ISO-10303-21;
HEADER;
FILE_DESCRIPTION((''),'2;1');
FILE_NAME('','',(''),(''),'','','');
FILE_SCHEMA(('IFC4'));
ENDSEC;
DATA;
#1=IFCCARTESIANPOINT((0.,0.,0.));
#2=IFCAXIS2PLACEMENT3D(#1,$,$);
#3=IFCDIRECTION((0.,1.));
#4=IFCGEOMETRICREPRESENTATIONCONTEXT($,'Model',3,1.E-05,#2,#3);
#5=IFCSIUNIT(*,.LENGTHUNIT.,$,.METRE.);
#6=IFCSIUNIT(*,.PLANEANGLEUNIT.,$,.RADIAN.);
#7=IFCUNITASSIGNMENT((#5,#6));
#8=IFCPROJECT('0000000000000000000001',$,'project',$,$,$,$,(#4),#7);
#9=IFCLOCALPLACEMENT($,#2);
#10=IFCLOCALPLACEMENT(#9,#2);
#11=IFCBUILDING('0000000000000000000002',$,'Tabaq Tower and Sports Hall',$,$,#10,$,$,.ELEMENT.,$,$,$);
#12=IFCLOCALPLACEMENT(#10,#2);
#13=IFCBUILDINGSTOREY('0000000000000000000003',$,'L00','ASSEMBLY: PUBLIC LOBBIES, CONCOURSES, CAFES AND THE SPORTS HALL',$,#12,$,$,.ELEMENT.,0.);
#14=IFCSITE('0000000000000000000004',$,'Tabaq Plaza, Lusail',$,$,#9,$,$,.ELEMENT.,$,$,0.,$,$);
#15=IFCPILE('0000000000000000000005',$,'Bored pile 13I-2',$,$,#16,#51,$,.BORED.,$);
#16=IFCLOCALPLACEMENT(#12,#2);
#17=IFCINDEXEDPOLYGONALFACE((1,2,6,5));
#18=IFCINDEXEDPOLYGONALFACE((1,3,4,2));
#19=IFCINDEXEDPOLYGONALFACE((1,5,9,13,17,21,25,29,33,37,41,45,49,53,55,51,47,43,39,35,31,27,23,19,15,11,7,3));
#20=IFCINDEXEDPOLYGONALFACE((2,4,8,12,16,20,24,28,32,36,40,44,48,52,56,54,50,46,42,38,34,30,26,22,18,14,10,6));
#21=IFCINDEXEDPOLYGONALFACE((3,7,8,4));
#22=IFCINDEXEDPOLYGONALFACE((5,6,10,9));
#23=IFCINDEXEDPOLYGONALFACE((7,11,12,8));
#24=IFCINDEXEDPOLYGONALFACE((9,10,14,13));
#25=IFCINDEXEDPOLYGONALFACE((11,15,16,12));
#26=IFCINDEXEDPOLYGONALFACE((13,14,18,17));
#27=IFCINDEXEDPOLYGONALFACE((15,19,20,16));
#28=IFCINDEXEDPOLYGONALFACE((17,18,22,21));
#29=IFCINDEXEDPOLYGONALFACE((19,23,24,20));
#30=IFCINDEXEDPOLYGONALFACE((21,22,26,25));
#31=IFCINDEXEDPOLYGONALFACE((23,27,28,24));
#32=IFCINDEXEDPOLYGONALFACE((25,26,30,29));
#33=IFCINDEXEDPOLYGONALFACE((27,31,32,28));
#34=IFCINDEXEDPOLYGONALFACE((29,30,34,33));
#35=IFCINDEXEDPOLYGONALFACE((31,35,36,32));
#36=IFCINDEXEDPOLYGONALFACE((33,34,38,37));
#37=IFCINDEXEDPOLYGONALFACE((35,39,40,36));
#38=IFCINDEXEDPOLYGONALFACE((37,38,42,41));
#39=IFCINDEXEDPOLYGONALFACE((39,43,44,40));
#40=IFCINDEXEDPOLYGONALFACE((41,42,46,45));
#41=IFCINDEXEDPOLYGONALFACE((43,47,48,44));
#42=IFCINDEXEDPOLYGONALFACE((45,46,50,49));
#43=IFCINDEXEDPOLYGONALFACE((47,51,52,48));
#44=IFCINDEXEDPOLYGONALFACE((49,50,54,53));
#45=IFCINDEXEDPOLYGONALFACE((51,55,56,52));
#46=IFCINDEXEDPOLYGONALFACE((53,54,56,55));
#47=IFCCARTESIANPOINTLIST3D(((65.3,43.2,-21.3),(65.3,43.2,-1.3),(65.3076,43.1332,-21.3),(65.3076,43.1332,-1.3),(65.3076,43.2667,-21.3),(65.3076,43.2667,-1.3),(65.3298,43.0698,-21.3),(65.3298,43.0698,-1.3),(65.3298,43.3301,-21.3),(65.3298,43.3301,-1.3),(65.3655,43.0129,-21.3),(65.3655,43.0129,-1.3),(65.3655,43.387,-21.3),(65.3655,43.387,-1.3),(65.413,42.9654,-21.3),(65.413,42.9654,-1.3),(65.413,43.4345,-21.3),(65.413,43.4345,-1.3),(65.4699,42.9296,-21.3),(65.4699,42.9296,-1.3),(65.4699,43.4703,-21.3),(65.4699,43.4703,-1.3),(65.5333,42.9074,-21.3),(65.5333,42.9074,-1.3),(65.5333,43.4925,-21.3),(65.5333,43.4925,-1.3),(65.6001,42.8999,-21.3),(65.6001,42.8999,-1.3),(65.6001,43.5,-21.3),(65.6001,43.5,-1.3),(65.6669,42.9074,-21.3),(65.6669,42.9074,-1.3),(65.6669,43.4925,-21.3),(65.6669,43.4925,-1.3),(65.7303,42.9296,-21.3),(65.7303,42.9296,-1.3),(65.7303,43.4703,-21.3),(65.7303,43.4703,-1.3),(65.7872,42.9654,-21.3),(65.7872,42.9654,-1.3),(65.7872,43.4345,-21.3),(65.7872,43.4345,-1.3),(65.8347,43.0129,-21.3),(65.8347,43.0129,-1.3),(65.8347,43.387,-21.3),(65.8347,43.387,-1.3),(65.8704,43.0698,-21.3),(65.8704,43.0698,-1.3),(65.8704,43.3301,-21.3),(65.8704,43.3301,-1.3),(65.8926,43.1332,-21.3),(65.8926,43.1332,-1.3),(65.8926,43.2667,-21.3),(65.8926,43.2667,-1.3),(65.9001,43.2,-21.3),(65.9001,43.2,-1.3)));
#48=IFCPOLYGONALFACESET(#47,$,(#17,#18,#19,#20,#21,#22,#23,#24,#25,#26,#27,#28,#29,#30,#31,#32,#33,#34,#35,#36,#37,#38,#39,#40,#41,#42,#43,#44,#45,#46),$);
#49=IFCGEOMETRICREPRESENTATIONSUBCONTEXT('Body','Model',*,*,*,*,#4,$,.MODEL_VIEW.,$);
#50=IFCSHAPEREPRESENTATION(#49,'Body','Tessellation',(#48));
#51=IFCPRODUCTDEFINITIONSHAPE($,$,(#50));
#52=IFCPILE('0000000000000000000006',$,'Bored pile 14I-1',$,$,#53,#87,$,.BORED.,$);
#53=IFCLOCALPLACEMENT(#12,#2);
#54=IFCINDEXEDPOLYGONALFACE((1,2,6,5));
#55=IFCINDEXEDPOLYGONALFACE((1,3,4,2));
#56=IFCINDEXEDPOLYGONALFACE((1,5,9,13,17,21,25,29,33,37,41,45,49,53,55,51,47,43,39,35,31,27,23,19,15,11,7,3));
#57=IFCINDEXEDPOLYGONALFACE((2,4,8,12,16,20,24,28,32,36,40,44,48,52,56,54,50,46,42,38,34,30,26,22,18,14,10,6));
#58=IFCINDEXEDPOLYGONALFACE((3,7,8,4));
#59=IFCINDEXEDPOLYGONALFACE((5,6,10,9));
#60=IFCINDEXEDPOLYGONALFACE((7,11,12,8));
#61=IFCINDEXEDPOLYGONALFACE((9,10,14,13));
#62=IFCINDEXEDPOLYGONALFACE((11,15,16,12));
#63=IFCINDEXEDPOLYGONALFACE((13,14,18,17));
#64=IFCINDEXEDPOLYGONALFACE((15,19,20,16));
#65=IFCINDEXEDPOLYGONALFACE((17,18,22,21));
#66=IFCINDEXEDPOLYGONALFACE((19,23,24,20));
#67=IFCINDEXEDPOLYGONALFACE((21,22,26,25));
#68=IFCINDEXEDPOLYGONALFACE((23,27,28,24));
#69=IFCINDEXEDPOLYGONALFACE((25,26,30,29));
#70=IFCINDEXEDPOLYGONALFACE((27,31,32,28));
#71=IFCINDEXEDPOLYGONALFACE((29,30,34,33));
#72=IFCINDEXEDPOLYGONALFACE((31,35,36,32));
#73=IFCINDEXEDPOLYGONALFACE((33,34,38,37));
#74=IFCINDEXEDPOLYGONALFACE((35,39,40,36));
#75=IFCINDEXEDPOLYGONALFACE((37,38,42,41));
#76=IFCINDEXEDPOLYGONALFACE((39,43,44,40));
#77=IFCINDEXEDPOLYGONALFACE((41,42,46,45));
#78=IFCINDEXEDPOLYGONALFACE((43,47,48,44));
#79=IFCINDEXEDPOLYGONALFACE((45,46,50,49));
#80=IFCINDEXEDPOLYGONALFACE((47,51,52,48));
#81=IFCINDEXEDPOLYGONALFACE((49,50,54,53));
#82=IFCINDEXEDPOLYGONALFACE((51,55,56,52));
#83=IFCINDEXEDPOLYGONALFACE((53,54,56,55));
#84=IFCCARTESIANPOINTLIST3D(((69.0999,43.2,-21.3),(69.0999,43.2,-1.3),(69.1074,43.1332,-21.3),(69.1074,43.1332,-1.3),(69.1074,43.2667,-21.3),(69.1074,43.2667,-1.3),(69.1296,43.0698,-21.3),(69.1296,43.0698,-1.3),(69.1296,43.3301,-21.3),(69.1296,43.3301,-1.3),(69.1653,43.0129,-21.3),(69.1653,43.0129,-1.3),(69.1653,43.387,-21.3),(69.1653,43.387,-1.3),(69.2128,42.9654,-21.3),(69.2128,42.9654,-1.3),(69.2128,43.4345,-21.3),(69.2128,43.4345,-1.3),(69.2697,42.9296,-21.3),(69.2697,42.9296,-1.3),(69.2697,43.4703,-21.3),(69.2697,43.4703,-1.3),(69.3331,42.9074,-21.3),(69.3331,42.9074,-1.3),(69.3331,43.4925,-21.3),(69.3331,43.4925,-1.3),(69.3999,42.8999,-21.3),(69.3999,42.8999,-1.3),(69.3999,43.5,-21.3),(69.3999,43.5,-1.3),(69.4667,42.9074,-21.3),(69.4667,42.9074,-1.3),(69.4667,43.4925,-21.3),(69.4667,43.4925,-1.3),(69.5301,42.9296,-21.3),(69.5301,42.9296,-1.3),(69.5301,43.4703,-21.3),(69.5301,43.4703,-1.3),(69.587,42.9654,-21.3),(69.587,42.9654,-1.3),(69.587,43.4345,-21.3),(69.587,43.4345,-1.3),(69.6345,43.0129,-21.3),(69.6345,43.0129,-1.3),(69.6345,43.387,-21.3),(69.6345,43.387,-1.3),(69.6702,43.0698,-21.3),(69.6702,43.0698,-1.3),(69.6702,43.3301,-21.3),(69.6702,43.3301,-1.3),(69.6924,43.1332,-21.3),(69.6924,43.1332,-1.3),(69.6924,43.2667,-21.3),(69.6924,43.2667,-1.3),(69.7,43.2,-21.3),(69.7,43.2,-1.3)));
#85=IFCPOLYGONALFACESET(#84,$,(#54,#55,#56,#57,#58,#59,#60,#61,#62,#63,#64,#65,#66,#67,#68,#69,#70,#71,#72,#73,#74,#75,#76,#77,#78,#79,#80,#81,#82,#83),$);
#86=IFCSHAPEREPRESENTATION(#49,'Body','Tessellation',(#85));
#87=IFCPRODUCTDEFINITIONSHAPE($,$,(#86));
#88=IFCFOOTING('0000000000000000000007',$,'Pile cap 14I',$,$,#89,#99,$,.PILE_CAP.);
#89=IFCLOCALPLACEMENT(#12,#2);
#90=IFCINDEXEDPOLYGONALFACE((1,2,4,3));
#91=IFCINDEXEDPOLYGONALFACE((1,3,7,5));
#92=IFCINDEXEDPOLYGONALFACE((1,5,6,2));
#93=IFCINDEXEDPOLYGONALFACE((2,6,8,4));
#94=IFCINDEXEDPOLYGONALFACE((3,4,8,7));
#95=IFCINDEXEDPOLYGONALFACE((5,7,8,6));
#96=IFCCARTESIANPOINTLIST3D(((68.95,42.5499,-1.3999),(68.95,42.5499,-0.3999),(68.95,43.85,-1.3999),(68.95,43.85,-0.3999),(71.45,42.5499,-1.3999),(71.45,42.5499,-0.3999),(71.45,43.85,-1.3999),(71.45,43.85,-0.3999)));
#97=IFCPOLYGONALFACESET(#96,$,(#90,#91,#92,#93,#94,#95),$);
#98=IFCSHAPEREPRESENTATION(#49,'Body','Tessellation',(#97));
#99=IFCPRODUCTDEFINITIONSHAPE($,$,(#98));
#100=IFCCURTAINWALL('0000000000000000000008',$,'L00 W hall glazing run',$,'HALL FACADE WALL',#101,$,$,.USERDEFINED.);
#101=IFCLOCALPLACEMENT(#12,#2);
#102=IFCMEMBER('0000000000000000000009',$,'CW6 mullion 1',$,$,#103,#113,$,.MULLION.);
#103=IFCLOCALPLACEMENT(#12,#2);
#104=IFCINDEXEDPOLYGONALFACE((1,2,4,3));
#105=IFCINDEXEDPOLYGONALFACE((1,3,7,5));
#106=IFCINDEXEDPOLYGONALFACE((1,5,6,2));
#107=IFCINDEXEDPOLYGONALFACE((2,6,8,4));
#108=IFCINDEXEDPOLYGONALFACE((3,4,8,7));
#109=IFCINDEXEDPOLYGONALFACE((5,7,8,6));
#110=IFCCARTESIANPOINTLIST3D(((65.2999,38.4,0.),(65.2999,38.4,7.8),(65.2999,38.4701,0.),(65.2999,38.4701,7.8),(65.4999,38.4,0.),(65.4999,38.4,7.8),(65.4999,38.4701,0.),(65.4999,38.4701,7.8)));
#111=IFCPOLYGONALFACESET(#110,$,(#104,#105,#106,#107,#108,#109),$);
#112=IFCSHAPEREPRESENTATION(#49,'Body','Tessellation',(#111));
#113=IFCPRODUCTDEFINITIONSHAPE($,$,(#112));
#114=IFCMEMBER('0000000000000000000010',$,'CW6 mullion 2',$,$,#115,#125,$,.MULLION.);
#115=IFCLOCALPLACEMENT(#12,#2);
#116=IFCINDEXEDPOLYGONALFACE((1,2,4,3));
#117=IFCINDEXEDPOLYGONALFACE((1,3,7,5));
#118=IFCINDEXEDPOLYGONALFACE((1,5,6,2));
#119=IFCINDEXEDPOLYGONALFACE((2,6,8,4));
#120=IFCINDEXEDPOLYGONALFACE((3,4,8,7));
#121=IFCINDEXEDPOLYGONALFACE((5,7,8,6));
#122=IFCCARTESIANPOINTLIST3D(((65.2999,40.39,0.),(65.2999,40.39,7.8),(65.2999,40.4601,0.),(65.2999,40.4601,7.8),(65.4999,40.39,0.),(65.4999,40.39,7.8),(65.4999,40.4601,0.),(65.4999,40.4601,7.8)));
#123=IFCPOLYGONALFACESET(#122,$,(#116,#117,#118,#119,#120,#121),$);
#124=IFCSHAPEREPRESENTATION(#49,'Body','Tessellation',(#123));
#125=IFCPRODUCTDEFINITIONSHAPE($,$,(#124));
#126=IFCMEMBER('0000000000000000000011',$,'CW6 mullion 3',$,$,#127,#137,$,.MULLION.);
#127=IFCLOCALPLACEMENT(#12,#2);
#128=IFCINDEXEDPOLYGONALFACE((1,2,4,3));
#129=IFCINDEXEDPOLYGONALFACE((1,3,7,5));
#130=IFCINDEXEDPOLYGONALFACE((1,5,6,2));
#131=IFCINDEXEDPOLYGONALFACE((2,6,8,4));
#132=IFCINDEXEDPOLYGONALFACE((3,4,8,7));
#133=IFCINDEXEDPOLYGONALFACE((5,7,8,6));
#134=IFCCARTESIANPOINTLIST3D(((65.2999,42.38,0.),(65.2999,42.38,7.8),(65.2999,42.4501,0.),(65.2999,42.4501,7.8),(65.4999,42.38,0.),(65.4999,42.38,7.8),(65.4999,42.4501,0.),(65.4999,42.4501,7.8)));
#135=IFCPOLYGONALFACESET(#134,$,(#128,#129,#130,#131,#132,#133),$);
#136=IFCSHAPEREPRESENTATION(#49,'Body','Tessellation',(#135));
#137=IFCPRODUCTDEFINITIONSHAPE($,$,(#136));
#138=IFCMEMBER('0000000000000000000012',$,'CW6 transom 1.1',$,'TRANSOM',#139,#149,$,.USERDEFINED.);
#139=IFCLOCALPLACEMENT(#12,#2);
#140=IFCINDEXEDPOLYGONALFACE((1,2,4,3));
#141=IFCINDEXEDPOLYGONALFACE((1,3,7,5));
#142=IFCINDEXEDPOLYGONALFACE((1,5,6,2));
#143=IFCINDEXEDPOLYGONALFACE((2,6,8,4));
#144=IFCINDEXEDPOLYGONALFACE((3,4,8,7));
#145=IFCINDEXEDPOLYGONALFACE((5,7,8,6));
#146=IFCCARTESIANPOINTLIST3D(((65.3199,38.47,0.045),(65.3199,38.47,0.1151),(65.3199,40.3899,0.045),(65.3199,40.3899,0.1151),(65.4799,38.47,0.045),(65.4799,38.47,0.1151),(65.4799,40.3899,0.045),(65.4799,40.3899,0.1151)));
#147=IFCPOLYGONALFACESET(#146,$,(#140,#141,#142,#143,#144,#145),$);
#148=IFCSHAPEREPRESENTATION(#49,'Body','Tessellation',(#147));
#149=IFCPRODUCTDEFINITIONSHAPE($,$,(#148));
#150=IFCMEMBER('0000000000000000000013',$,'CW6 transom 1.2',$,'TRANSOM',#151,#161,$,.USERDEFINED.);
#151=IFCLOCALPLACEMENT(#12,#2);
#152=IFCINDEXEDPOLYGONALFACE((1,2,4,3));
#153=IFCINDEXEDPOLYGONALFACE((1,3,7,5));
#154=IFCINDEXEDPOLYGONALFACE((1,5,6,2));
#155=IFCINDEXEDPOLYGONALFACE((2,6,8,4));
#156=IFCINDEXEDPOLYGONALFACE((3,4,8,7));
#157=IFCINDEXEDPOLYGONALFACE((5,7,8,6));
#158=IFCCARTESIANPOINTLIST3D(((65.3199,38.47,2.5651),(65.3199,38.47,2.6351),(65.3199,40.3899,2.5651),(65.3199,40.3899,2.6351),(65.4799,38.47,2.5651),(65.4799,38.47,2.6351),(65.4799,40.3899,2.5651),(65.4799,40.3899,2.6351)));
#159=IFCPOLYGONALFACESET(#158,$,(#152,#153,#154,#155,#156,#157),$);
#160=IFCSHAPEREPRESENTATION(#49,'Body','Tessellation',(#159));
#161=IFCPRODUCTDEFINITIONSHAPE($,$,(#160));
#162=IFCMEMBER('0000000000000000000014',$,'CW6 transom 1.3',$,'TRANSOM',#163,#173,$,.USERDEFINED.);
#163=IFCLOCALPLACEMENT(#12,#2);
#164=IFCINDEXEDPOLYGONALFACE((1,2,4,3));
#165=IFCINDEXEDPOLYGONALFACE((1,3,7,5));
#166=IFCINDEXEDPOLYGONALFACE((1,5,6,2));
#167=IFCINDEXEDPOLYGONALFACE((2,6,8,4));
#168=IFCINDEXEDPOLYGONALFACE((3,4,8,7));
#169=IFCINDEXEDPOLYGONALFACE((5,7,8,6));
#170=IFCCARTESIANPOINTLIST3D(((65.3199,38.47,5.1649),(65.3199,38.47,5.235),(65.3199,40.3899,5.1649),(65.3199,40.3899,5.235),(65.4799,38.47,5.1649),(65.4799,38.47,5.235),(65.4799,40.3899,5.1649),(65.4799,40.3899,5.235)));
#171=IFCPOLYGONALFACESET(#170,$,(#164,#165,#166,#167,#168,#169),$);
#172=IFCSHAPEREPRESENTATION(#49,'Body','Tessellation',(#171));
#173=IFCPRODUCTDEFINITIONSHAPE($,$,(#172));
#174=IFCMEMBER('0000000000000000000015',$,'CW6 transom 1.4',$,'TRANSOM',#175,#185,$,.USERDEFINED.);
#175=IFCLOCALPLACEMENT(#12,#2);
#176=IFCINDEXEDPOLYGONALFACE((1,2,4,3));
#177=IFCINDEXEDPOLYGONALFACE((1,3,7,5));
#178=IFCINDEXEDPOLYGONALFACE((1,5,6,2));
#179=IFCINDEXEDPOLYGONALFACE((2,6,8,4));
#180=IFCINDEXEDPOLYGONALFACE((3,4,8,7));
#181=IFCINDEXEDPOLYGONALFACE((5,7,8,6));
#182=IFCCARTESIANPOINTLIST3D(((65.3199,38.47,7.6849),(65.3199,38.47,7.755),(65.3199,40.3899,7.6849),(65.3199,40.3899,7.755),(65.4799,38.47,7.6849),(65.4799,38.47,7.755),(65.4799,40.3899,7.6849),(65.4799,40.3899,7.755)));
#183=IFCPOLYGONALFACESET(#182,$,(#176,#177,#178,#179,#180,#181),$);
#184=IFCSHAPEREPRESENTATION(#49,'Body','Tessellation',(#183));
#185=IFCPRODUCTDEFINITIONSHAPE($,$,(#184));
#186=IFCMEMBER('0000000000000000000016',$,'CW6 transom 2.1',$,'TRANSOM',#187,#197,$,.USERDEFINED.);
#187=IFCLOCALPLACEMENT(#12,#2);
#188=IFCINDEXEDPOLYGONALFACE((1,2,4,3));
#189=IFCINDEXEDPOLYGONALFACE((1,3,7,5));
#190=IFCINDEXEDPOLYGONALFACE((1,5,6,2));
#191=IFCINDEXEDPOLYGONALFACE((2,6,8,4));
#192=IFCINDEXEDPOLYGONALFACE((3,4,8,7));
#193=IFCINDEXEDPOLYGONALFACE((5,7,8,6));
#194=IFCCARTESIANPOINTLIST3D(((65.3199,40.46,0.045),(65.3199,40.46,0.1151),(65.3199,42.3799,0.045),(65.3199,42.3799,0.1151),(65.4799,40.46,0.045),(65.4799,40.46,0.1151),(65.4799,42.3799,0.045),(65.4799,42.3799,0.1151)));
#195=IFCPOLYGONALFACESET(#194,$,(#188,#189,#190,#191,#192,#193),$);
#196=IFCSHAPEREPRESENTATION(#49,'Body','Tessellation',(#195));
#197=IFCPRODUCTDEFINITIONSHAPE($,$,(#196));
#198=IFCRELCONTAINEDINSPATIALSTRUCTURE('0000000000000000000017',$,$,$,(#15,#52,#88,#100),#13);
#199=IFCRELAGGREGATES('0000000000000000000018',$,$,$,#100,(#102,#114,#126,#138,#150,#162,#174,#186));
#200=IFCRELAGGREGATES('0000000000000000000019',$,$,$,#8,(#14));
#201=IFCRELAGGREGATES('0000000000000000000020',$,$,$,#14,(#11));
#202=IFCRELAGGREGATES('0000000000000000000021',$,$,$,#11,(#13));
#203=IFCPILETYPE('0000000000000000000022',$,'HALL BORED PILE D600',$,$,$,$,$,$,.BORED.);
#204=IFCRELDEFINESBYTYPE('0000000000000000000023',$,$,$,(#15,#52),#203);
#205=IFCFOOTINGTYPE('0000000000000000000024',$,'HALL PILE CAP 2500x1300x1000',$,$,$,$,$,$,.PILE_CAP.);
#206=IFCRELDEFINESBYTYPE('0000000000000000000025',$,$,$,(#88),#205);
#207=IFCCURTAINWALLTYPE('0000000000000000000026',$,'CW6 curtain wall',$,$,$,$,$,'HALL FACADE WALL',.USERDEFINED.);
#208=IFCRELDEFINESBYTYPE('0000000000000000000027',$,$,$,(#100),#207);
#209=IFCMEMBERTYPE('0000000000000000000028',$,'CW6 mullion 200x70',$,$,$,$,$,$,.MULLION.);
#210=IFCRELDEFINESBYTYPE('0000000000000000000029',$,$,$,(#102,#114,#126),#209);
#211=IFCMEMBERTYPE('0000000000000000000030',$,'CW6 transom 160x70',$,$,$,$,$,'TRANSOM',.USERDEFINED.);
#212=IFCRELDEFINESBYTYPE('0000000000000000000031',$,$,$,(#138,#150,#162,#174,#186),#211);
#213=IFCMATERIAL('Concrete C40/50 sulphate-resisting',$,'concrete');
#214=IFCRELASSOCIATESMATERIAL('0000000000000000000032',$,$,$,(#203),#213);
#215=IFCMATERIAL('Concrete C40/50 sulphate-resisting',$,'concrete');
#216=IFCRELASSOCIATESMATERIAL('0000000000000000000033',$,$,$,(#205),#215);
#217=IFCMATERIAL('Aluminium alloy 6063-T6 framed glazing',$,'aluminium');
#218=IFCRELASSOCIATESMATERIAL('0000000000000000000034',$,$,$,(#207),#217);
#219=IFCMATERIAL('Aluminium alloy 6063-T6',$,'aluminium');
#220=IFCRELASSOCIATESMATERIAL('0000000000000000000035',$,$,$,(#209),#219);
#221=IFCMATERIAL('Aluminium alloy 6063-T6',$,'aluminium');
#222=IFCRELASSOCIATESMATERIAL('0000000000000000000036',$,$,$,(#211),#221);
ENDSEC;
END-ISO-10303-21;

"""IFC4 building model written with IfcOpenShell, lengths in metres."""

from ifc_helpers import new_model, si_unit, direction, frame, origin, origin_2d, place, context, subcontext, project, spatial, rectangle, circle, extrude, material, material_profile, profile_set, type_object, element, aggregate, save


model = new_model("IFC4")

# Units and contexts
model_context = context("Model", 3, precision=1e-05, world=origin(), true_north=direction((0.0, 1.0)))
body_context = subcontext(model_context, "Body", "Model", "MODEL_VIEW")
ifc_project = project(units=[si_unit("LENGTHUNIT", "METRE"), si_unit("PLANEANGLEUNIT", "RADIAN")], contexts=[model_context])

# Site, building, storey
site_placement = place(None, origin())
site = spatial("IfcSite", under=ifc_project, at=site_placement, Name="Tabaq Plaza, Lusail", CompositionType="ELEMENT", RefElevation=0.0)
building_placement = place(site_placement, origin())
building = spatial("IfcBuilding", under=site, at=building_placement, Name="Tabaq Tower and Sports Hall", CompositionType="ELEMENT")
storey_placement = place(building_placement, origin())
storey = spatial("IfcBuildingStorey", under=building, at=storey_placement, Name="L00", Description="ASSEMBLY: PUBLIC LOBBIES, CONCOURSES, CAFES AND THE SPORTS HALL", CompositionType="ELEMENT", Elevation=0.0)

# Piles
ifc_material_1 = material(Name="Concrete C40/50 sulphate-resisting", Category="concrete")
ifc_material_profile_1 = material_profile(ifc_material_1, circle(Radius=0.3, at=origin_2d()), Name="D600")
ifc_profile_set_1 = profile_set([ifc_material_profile_1], Name="Concrete C40/50 sulphate-resisting")
pile_type = type_object("IfcPileType", Name="HALL BORED PILE D600", PredefinedType="BORED", material=ifc_profile_set_1)
for number, where, z_axis, x_axis, name in (
    (1, (65.6001, 43.2, -1.3), (0.0, 0.0, -1.0), (1.0, 0.0, 0.0), "Bored pile 13I-2"),
    (2, (69.3999, 43.2, -1.3), (0.0, 0.0, -1.0), (1.0, 0.0, 0.0), "Bored pile 14I-1"),
):
    element("IfcPile", number, at=place(storey_placement, frame(where, z_axis=z_axis, x_axis=x_axis)), inside=storey, type_object=pile_type, Name=name, PredefinedType="BORED", context=body_context, shape_type="SweptSolid", body=[
        extrude(circle(Radius=0.3, at=origin_2d()), origin(), (0.0, 0.0, 1.0), 20.0),
    ])

# Footing
ifc_material_2 = material(Name="Concrete C40/50 sulphate-resisting", Category="concrete")
footing_type = type_object("IfcFootingType", Name="HALL PILE CAP 2500x1300x1000", PredefinedType="PILE_CAP", material=ifc_material_2)
footing_placement = place(storey_placement, frame((70.2, 43.2, -1.3999), z_axis=(0.0, 0.0, 1.0), x_axis=(1.0, 0.0, 0.0)))
element("IfcFooting", 3, at=footing_placement, inside=storey, type_object=footing_type, Name="Pile cap 14I", PredefinedType="PILE_CAP", context=body_context, shape_type="SweptSolid", body=[
    extrude(rectangle(XDim=2.5, YDim=1.3, at=origin_2d()), origin(), (0.0, 0.0, 1.0), 1.0),
])

# Curtain wall, members
ifc_material_3 = material(Name="Aluminium alloy 6063-T6 framed glazing", Category="aluminium")
curtain_wall_type = type_object("IfcCurtainWallType", Name="CW6 curtain wall", ElementType="HALL FACADE WALL", PredefinedType="USERDEFINED", material=ifc_material_3)
curtain_wall_placement = place(storey_placement, origin())
curtain_wall = element("IfcCurtainWall", 4, at=curtain_wall_placement, inside=storey, type_object=curtain_wall_type, Name="L00 W hall glazing run", ObjectType="HALL FACADE WALL", PredefinedType="USERDEFINED")
ifc_material_4 = material(Name="Aluminium alloy 6063-T6", Category="aluminium")
ifc_material_profile_2 = material_profile(ifc_material_4, rectangle(XDim=0.2, YDim=0.0701, at=origin_2d()), Name="MULLION 200x70")
ifc_profile_set_2 = profile_set([ifc_material_profile_2], Name="Aluminium alloy 6063-T6")
member_type_1 = type_object("IfcMemberType", Name="CW6 mullion 200x70", PredefinedType="MULLION", material=ifc_profile_set_2)
member_1_placement = place(storey_placement, frame((65.3999, 38.4351, 0.0), z_axis=(0.0, 0.0, 1.0), x_axis=(-1.0, 0.0, 0.0)))
member_1 = element("IfcMember", 5, at=member_1_placement, type_object=member_type_1, Name="CW6 mullion 1", PredefinedType="MULLION", context=body_context, shape_type="SweptSolid", body=[
    extrude(rectangle(XDim=0.2, YDim=0.0701, at=origin_2d()), origin(), (0.0, 0.0, 1.0), 7.8),
])
member_2_placement = place(storey_placement, frame((65.3999, 40.425, 0.0), z_axis=(0.0, 0.0, 1.0), x_axis=(-1.0, 0.0, 0.0)))
member_2 = element("IfcMember", 6, at=member_2_placement, type_object=member_type_1, Name="CW6 mullion 2", PredefinedType="MULLION", context=body_context, shape_type="SweptSolid", body=[
    extrude(rectangle(XDim=0.2, YDim=0.0701, at=origin_2d()), origin(), (0.0, 0.0, 1.0), 7.8),
])
member_3_placement = place(storey_placement, frame((65.3999, 42.415, 0.0), z_axis=(0.0, 0.0, 1.0), x_axis=(-1.0, 0.0, 0.0)))
member_3 = element("IfcMember", 7, at=member_3_placement, type_object=member_type_1, Name="CW6 mullion 3", PredefinedType="MULLION", context=body_context, shape_type="SweptSolid", body=[
    extrude(rectangle(XDim=0.2, YDim=0.0701, at=origin_2d()), origin(), (0.0, 0.0, 1.0), 7.8),
])
ifc_material_5 = material(Name="Aluminium alloy 6063-T6", Category="aluminium")
ifc_material_profile_3 = material_profile(ifc_material_5, rectangle(XDim=0.1599, YDim=0.0701, at=origin_2d()), Name="TRANSOM 160x70")
ifc_profile_set_3 = profile_set([ifc_material_profile_3], Name="Aluminium alloy 6063-T6")
member_type_2 = type_object("IfcMemberType", Name="CW6 transom 160x70", ElementType="TRANSOM", PredefinedType="USERDEFINED", material=ifc_profile_set_3)
member_4_placement = place(storey_placement, frame((65.3999, 38.47, 0.0801), z_axis=(0.0, 1.0, 0.0), x_axis=(-1.0, 0.0, 0.0)))
member_4 = element("IfcMember", 8, at=member_4_placement, type_object=member_type_2, Name="CW6 transom 1.1", ObjectType="TRANSOM", PredefinedType="USERDEFINED", context=body_context, shape_type="SweptSolid", body=[
    extrude(rectangle(XDim=0.1599, YDim=0.0701, at=origin_2d()), origin(), (0.0, 0.0, 1.0), 1.9199),
])
member_5_placement = place(storey_placement, frame((65.3999, 38.47, 2.6001), z_axis=(0.0, 1.0, 0.0), x_axis=(-1.0, 0.0, 0.0)))
member_5 = element("IfcMember", 9, at=member_5_placement, type_object=member_type_2, Name="CW6 transom 1.2", ObjectType="TRANSOM", PredefinedType="USERDEFINED", context=body_context, shape_type="SweptSolid", body=[
    extrude(rectangle(XDim=0.1599, YDim=0.0701, at=origin_2d()), origin(), (0.0, 0.0, 1.0), 1.9199),
])
member_6_placement = place(storey_placement, frame((65.3999, 38.47, 5.2), z_axis=(0.0, 1.0, 0.0), x_axis=(-1.0, 0.0, 0.0)))
member_6 = element("IfcMember", 10, at=member_6_placement, type_object=member_type_2, Name="CW6 transom 1.3", ObjectType="TRANSOM", PredefinedType="USERDEFINED", context=body_context, shape_type="SweptSolid", body=[
    extrude(rectangle(XDim=0.1599, YDim=0.0701, at=origin_2d()), origin(), (0.0, 0.0, 1.0), 1.9199),
])
member_7_placement = place(storey_placement, frame((65.3999, 38.47, 7.72), z_axis=(0.0, 1.0, 0.0), x_axis=(-1.0, 0.0, 0.0)))
member_7 = element("IfcMember", 11, at=member_7_placement, type_object=member_type_2, Name="CW6 transom 1.4", ObjectType="TRANSOM", PredefinedType="USERDEFINED", context=body_context, shape_type="SweptSolid", body=[
    extrude(rectangle(XDim=0.1599, YDim=0.0701, at=origin_2d()), origin(), (0.0, 0.0, 1.0), 1.9199),
])
member_8_placement = place(storey_placement, frame((65.3999, 40.46, 0.0801), z_axis=(0.0, 1.0, 0.0), x_axis=(-1.0, 0.0, 0.0)))
member_8 = element("IfcMember", 12, at=member_8_placement, type_object=member_type_2, Name="CW6 transom 2.1", ObjectType="TRANSOM", PredefinedType="USERDEFINED", context=body_context, shape_type="SweptSolid", body=[
    extrude(rectangle(XDim=0.1599, YDim=0.0701, at=origin_2d()), origin(), (0.0, 0.0, 1.0), 1.9199),
])
aggregate(curtain_wall, [member_1, member_2, member_3, member_4, member_5, member_6, member_7, member_8])

save(model, "model.ifc")
